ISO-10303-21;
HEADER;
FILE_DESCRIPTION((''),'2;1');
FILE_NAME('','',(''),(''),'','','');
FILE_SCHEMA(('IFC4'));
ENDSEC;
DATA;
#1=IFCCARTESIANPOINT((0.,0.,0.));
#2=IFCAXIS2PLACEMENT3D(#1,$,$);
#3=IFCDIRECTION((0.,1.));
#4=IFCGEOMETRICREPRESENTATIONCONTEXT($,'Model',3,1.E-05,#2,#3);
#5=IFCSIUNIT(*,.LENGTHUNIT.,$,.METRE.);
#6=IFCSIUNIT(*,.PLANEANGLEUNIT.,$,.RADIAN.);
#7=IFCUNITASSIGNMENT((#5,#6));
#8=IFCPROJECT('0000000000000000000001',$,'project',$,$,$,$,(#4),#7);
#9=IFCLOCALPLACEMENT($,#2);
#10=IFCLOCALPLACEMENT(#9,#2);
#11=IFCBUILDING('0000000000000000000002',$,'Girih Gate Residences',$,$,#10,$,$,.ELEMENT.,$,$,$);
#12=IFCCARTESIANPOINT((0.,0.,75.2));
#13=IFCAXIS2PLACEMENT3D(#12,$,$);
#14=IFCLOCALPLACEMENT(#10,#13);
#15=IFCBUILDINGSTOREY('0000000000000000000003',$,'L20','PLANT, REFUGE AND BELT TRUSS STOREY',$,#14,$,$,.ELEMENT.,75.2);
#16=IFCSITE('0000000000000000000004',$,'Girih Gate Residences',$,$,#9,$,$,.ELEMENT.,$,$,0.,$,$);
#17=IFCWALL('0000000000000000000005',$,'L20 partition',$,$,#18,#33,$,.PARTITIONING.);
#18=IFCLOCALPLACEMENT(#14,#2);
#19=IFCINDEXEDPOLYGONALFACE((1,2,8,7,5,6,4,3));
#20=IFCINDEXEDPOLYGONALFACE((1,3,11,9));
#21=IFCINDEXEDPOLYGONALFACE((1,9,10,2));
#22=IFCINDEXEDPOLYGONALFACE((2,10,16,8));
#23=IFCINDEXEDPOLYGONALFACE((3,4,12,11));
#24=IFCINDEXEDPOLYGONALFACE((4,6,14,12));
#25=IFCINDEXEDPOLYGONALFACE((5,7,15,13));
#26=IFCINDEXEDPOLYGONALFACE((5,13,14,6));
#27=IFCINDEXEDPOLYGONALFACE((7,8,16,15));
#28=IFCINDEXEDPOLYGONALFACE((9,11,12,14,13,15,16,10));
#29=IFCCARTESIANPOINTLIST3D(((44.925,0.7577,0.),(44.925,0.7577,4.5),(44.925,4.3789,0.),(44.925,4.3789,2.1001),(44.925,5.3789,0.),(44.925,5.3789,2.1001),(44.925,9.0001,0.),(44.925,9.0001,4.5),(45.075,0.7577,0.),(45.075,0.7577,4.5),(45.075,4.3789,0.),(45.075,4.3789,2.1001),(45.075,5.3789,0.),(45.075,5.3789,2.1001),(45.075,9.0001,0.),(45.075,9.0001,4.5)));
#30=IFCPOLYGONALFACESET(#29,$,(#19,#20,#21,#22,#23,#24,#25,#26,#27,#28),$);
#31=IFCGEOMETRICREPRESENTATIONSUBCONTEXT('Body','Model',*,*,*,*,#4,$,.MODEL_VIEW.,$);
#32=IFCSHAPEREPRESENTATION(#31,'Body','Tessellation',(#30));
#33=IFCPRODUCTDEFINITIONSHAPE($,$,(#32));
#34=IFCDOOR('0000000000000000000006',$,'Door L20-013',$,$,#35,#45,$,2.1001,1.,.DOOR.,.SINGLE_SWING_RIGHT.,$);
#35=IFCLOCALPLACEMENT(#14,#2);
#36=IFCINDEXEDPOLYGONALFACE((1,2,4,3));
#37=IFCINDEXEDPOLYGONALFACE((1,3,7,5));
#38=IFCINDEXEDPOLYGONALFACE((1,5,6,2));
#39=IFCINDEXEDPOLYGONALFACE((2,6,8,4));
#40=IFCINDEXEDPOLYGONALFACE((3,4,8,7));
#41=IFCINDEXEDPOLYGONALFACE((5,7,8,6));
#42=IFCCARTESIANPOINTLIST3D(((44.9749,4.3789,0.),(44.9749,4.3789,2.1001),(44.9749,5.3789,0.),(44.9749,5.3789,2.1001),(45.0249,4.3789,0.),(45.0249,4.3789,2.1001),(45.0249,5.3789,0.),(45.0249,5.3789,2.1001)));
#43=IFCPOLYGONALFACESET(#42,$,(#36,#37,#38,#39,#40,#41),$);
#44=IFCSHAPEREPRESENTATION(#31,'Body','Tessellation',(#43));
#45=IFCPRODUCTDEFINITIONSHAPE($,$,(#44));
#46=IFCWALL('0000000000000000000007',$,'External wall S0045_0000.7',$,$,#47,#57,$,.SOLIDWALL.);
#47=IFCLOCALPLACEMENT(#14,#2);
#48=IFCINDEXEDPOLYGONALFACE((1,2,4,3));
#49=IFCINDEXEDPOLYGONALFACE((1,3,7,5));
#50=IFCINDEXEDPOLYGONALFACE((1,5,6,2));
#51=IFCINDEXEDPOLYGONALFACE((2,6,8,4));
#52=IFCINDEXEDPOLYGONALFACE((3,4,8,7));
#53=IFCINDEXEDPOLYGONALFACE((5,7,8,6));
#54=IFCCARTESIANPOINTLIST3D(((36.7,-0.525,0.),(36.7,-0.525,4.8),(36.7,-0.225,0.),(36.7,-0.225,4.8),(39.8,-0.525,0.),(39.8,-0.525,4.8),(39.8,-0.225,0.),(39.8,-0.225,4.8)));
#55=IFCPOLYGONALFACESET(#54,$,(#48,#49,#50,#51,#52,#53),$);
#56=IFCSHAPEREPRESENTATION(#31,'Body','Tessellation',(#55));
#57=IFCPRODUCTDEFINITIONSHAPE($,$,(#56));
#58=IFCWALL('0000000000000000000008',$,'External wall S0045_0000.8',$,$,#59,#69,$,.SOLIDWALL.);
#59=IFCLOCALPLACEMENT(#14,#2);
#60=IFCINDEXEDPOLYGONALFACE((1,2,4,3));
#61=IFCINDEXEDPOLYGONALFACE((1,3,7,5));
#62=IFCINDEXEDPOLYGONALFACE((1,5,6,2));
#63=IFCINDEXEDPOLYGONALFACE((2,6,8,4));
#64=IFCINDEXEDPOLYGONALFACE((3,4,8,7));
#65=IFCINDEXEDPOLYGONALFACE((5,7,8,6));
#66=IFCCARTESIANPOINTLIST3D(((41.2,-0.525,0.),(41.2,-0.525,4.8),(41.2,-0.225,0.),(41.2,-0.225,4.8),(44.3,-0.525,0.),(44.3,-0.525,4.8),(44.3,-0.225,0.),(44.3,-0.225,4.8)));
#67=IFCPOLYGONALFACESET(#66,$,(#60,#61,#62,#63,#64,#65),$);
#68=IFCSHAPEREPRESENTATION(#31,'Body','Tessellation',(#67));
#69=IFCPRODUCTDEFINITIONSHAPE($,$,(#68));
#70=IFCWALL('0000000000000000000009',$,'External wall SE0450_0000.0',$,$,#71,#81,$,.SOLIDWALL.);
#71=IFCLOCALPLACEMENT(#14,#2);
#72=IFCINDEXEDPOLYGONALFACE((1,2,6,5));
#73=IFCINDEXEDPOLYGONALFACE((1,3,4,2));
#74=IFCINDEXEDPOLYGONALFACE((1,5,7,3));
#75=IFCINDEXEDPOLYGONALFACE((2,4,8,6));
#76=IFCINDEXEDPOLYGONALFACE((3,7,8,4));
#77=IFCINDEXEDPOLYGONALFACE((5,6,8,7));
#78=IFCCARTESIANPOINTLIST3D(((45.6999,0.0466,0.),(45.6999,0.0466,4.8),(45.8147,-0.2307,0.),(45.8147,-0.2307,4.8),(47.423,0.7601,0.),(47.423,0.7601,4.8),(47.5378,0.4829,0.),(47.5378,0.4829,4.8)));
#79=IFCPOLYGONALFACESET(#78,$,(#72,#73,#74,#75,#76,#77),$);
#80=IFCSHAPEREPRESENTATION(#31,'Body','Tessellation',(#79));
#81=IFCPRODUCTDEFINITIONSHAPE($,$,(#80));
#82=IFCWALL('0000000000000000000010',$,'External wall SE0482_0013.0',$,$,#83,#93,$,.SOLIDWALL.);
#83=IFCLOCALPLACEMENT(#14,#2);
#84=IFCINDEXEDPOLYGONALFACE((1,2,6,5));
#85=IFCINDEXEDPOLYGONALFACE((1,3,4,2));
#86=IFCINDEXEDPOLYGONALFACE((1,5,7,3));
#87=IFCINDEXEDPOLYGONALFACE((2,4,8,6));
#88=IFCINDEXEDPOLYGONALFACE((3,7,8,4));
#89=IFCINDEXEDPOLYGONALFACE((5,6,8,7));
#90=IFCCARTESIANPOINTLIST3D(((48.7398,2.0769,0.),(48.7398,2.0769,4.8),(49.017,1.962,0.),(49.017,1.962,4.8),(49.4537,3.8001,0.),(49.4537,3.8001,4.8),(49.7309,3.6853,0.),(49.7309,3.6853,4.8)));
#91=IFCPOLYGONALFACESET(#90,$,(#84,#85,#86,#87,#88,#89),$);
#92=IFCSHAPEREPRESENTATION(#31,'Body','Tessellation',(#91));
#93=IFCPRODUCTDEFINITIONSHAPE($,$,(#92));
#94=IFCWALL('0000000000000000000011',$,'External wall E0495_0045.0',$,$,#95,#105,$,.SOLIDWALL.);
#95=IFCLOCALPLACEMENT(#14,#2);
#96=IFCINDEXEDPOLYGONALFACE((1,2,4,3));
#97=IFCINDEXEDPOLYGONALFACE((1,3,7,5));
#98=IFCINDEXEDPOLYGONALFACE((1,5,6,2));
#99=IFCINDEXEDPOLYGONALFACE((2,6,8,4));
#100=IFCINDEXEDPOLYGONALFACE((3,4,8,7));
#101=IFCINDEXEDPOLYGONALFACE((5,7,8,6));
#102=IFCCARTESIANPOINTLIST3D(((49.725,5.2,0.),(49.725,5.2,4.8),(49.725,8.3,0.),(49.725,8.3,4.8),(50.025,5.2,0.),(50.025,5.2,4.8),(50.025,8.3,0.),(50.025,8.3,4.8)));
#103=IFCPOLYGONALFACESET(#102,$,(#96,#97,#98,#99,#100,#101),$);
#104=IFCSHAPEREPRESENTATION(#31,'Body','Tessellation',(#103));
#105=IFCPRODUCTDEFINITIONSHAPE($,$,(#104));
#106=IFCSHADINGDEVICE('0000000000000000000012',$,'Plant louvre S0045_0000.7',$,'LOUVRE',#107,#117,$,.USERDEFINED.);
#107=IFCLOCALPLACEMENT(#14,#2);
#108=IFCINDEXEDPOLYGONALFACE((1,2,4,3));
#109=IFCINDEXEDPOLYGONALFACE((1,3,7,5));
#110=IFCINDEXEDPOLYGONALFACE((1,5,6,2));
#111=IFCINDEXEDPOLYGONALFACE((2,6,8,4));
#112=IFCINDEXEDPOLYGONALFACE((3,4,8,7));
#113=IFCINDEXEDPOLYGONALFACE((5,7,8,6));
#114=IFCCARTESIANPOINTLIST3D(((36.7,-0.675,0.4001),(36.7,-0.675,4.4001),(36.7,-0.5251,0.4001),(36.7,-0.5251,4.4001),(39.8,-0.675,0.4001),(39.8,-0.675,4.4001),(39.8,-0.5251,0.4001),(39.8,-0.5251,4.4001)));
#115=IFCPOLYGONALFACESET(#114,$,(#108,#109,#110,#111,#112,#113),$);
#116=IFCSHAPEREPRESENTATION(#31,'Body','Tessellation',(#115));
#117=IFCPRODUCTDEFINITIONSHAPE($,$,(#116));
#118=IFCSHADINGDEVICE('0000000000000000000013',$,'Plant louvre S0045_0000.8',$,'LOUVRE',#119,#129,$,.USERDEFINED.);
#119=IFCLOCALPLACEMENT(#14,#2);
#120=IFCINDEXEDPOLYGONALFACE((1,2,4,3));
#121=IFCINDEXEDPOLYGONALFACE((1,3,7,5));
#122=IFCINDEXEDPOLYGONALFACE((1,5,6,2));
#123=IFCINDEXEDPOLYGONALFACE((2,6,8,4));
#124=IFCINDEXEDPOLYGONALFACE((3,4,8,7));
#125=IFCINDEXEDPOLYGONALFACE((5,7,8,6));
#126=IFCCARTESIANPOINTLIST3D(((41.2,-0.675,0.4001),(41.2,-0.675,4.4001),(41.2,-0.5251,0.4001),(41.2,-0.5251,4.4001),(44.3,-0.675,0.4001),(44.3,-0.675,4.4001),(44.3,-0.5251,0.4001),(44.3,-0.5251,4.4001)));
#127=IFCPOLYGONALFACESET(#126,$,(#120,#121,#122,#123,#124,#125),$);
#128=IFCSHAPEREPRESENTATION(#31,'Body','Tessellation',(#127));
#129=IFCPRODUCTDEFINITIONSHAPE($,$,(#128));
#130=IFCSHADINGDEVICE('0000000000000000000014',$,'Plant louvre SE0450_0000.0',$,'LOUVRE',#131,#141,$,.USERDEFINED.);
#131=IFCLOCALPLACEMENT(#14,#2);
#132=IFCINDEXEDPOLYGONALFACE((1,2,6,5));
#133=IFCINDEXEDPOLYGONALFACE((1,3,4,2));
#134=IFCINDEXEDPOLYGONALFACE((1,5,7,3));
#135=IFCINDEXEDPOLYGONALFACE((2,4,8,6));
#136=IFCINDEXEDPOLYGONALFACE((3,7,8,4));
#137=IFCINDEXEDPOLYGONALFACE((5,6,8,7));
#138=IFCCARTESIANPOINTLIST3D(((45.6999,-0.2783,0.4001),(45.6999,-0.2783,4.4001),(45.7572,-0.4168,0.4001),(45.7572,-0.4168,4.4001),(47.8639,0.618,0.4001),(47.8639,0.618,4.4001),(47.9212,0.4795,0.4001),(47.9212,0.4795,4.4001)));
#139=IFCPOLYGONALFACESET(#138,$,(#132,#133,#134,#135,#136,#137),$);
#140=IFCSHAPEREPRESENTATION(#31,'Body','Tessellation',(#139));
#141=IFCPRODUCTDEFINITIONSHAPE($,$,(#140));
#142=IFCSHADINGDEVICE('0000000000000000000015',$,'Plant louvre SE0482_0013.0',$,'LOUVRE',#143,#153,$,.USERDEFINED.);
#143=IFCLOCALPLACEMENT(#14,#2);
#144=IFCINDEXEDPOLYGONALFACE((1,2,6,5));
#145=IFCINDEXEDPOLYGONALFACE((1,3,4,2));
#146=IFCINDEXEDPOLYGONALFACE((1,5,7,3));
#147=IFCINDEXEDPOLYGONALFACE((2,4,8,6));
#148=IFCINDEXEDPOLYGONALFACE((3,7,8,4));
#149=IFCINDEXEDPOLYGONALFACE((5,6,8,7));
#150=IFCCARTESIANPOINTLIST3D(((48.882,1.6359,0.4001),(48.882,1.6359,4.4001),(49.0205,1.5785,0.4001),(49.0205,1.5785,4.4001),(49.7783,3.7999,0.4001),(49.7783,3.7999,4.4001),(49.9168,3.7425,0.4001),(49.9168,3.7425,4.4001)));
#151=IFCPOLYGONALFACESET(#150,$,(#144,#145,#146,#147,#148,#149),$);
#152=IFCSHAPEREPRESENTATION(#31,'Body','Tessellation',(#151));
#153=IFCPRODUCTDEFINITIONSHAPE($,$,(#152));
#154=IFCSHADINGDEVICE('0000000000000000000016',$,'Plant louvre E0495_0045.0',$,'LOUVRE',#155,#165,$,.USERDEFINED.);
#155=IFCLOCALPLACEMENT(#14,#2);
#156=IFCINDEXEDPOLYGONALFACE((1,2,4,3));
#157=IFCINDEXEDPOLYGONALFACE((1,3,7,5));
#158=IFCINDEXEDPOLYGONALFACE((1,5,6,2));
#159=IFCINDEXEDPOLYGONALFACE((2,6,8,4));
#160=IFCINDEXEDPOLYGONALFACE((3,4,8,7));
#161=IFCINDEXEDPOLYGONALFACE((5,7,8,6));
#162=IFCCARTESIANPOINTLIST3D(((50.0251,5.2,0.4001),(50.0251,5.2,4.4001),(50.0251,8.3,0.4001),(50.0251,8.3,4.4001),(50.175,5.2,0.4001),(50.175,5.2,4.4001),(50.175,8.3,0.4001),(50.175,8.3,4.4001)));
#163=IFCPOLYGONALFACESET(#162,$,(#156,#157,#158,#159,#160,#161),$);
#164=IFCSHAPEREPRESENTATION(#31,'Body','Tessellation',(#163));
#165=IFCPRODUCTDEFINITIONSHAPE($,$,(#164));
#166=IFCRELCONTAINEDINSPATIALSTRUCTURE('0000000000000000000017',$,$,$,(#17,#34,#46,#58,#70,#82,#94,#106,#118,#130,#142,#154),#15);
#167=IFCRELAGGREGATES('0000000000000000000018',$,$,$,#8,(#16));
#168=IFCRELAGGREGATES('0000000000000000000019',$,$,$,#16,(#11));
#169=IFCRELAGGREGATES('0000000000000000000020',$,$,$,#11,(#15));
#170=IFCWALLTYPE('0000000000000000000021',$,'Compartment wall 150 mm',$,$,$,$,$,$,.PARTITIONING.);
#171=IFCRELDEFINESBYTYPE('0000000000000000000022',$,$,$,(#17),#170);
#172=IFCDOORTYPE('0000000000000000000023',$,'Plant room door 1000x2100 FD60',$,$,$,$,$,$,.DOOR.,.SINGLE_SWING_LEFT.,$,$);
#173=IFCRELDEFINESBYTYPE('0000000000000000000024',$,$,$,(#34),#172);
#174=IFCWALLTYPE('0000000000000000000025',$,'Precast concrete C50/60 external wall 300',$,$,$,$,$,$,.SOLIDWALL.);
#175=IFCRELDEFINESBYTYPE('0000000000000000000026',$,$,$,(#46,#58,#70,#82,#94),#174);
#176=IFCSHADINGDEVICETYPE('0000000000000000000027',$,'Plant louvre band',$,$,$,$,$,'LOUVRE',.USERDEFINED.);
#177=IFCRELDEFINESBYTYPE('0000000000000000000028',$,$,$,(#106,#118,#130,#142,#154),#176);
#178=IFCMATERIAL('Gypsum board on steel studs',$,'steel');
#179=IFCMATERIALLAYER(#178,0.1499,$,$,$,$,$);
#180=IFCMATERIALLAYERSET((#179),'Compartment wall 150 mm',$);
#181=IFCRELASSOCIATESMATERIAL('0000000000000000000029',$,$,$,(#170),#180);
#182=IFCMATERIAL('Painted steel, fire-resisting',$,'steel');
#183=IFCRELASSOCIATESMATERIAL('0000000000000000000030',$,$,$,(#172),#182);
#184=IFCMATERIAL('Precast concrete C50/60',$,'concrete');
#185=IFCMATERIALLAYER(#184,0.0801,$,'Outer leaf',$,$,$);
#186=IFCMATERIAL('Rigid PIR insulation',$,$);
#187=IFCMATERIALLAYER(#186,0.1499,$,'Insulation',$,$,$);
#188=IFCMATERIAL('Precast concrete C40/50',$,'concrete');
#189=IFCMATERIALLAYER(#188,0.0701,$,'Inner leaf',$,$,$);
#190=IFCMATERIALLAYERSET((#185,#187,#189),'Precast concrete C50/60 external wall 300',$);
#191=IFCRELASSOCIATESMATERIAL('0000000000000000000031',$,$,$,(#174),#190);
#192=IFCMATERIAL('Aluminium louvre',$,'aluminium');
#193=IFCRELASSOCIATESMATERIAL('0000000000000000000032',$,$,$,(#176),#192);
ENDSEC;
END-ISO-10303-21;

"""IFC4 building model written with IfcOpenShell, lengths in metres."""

from ifc_helpers import new_model, si_unit, direction, frame, frame_2d, origin, origin_2d, place, context, subcontext, project, spatial, rectangle, extrude, material, layer, layer_set, type_object, element, fill, save


model = new_model("IFC4")

# Units and contexts
model_context = context("Model", 3, precision=1e-05, world=origin(), true_north=direction((0.0, 1.0)))
body_context = subcontext(model_context, "Body", "Model", "MODEL_VIEW")
ifc_project = project(units=[si_unit("LENGTHUNIT", "METRE"), si_unit("PLANEANGLEUNIT", "RADIAN")], contexts=[model_context])

# Site, building, storey
site_placement = place(None, origin())
site = spatial("IfcSite", under=ifc_project, at=site_placement, Name="Girih Gate Residences", CompositionType="ELEMENT", RefElevation=0.0)
building_placement = place(site_placement, origin())
building = spatial("IfcBuilding", under=site, at=building_placement, Name="Girih Gate Residences", CompositionType="ELEMENT")
storey_placement = place(building_placement, frame((0.0, 0.0, 75.2)))
storey = spatial("IfcBuildingStorey", under=building, at=storey_placement, Name="L20", Description="PLANT, REFUGE AND BELT TRUSS STOREY", CompositionType="ELEMENT", Elevation=75.2)

# Wall, opening, door
ifc_material_1 = material(Name="Gypsum board on steel studs", Category="steel")
ifc_layer_1 = layer(ifc_material_1, 0.1499)
ifc_layer_set_1 = layer_set([ifc_layer_1], Name="Compartment wall 150 mm")
wall_type_1 = type_object("IfcWallType", Name="Compartment wall 150 mm", PredefinedType="PARTITIONING", material=ifc_layer_set_1)
ifc_material_2 = material(Name="Painted steel, fire-resisting", Category="steel")
wall_1_placement = place(storey_placement, frame((45.0, 9.0, 0.0), z_axis=(0.0, 0.0, 1.0), x_axis=(0.0, -1.0, 0.0)))
wall_1 = element("IfcWall", 1, at=wall_1_placement, inside=storey, type_object=wall_type_1, Name="L20 partition", PredefinedType="PARTITIONING", context=body_context, shape_type="SweptSolid", body=[
    extrude(rectangle(XDim=8.2424, YDim=0.1499, at=frame_2d((4.1211, 0.0))), origin(), (0.0, 0.0, 1.0), 4.5),
])
opening_1_placement = place(wall_1_placement, frame((3.6211, 0.0, 0.0)))
opening_1 = element("IfcOpeningElement", 2, at=opening_1_placement, cuts=wall_1, PredefinedType="OPENING", context=body_context, shape_type="SweptSolid", body=[
    extrude(rectangle(XDim=1.0, YDim=2.1001, at=frame_2d((0.5, 1.05))), frame((0.0, 0.085, 0.0), z_axis=(0.0, -1.0, 0.0), x_axis=(1.0, 0.0, 0.0)), (0.0, 0.0, 1.0), 0.1699),
])
door_type_1 = type_object("IfcDoorType", Name="Plant room door 1000x2100 FD60", OperationType="SINGLE_SWING_LEFT", PredefinedType="DOOR", material=ifc_material_2)
door_1_placement = place(opening_1_placement, origin())
door_1 = element("IfcDoor", 3, at=door_1_placement, inside=storey, type_object=door_type_1, Name="Door L20-013", OperationType="SINGLE_SWING_RIGHT", OverallHeight=2.1001, OverallWidth=1.0, PredefinedType="DOOR", context=body_context, shape_type="SweptSolid", body=[
    extrude(rectangle(XDim=1.0, YDim=2.1001, at=frame_2d((0.5, 1.05))), frame((0.0, 0.0249, 0.0), z_axis=(0.0, -1.0, 0.0), x_axis=(1.0, 0.0, 0.0)), (0.0, 0.0, 1.0), 0.05),
])
fill(opening_1, door_1)

# Walls
ifc_material_3 = material(Name="Precast concrete C50/60", Category="concrete")
ifc_layer_2 = layer(ifc_material_3, 0.0801, Name="Outer leaf")
ifc_material_4 = material(Name="Rigid PIR insulation")
ifc_layer_3 = layer(ifc_material_4, 0.1499, Name="Insulation")
ifc_material_5 = material(Name="Precast concrete C40/50", Category="concrete")
ifc_layer_4 = layer(ifc_material_5, 0.0701, Name="Inner leaf")
ifc_layer_set_2 = layer_set([ifc_layer_2, ifc_layer_3, ifc_layer_4], Name="Precast concrete C50/60 external wall 300")
wall_type_2 = type_object("IfcWallType", Name="Precast concrete C50/60 external wall 300", PredefinedType="SOLIDWALL", material=ifc_layer_set_2)
for number, where, z_axis, x_axis, name in (
    (4, (39.8, -0.375, 0.0), (0.0, 0.0, 1.0), (-1.0, 0.0, 0.0), "External wall S0045_0000.7"),
    (5, (44.3, -0.375, 0.0), (0.0, 0.0, 1.0), (-1.0, 0.0, 0.0), "External wall S0045_0000.8"),
):
    element("IfcWall", number, at=place(storey_placement, frame(where, z_axis=z_axis, x_axis=x_axis)), inside=storey, type_object=wall_type_2, Name=name, PredefinedType="SOLIDWALL", context=body_context, shape_type="SweptSolid", body=[
        extrude(rectangle(XDim=3.1001, YDim=0.3, at=frame_2d((1.55, 0.0))), origin(), (0.0, 0.0, 1.0), 4.8),
    ])
wall_2_placement = place(storey_placement, frame((47.4805, 0.6216, 0.0), z_axis=(0.0, 0.0, 1.0), x_axis=(-0.923904, -0.382625, 0.0)))
element("IfcWall", 6, at=wall_2_placement, inside=storey, type_object=wall_type_2, Name="External wall SE0450_0000.0", PredefinedType="SOLIDWALL", context=body_context, shape_type="SweptSolid", body=[
    extrude(rectangle(XDim=1.865, YDim=0.3, at=frame_2d((0.9326, 0.0))), origin(), (0.0, 0.0, 1.0), 4.8),
])
wall_3_placement = place(storey_placement, frame((49.5923, 3.7427, 0.0), z_axis=(0.0, 0.0, 1.0), x_axis=(-0.382737, -0.923857, 0.0)))
element("IfcWall", 7, at=wall_3_placement, inside=storey, type_object=wall_type_2, Name="External wall SE0482_0013.0", PredefinedType="SOLIDWALL", context=body_context, shape_type="SweptSolid", body=[
    extrude(rectangle(XDim=1.8652, YDim=0.3, at=frame_2d((0.9326, 0.0))), origin(), (0.0, 0.0, 1.0), 4.8),
])
wall_4_placement = place(storey_placement, frame((49.875, 8.3, 0.0), z_axis=(0.0, 0.0, 1.0), x_axis=(0.0, -1.0, 0.0)))
element("IfcWall", 8, at=wall_4_placement, inside=storey, type_object=wall_type_2, Name="External wall E0495_0045.0", PredefinedType="SOLIDWALL", context=body_context, shape_type="SweptSolid", body=[
    extrude(rectangle(XDim=3.1001, YDim=0.3, at=frame_2d((1.55, 0.0))), origin(), (0.0, 0.0, 1.0), 4.8),
])

# Shading devices
ifc_material_6 = material(Name="Aluminium louvre", Category="aluminium")
shading_device_type = type_object("IfcShadingDeviceType", Name="Plant louvre band", ElementType="LOUVRE", PredefinedType="USERDEFINED", material=ifc_material_6)
for number, where, z_axis, x_axis, name in (
    (9, (38.25, -0.6001, 0.4001), (0.0, 0.0, 1.0), (1.0, 0.0, 0.0), "Plant louvre S0045_0000.7"),
    (10, (42.75, -0.6001, 0.4001), (0.0, 0.0, 1.0), (1.0, 0.0, 0.0), "Plant louvre S0045_0000.8"),
):
    element("IfcShadingDevice", number, at=place(storey_placement, frame(where, z_axis=z_axis, x_axis=x_axis)), inside=storey, type_object=shading_device_type, Name=name, ObjectType="LOUVRE", PredefinedType="USERDEFINED", context=body_context, shape_type="SweptSolid", body=[
        extrude(rectangle(XDim=3.1001, YDim=0.1499, at=origin_2d()), origin(), (0.0, 0.0, 1.0), 4.0),
    ])
for number, where, z_axis, x_axis, name in (
    (11, (46.8105, 0.1006, 0.4001), (0.0, 0.0, 1.0), (0.92388, 0.382683, 0.0), "Plant louvre SE0450_0000.0"),
    (12, (49.3994, 2.6892, 0.4001), (0.0, 0.0, 1.0), (0.382683, 0.92388, 0.0), "Plant louvre SE0482_0013.0"),
):
    element("IfcShadingDevice", number, at=place(storey_placement, frame(where, z_axis=z_axis, x_axis=x_axis)), inside=storey, type_object=shading_device_type, Name=name, ObjectType="LOUVRE", PredefinedType="USERDEFINED", context=body_context, shape_type="SweptSolid", body=[
        extrude(rectangle(XDim=2.3423, YDim=0.1499, at=origin_2d()), origin(), (0.0, 0.0, 1.0), 4.0),
    ])
shading_device_placement = place(storey_placement, frame((50.1001, 6.75, 0.4001), z_axis=(0.0, 0.0, 1.0), x_axis=(0.0, 1.0, 0.0)))
element("IfcShadingDevice", 13, at=shading_device_placement, inside=storey, type_object=shading_device_type, Name="Plant louvre E0495_0045.0", ObjectType="LOUVRE", PredefinedType="USERDEFINED", context=body_context, shape_type="SweptSolid", body=[
    extrude(rectangle(XDim=3.1001, YDim=0.1499, at=origin_2d()), origin(), (0.0, 0.0, 1.0), 4.0),
])

save(model, "model.ifc")
